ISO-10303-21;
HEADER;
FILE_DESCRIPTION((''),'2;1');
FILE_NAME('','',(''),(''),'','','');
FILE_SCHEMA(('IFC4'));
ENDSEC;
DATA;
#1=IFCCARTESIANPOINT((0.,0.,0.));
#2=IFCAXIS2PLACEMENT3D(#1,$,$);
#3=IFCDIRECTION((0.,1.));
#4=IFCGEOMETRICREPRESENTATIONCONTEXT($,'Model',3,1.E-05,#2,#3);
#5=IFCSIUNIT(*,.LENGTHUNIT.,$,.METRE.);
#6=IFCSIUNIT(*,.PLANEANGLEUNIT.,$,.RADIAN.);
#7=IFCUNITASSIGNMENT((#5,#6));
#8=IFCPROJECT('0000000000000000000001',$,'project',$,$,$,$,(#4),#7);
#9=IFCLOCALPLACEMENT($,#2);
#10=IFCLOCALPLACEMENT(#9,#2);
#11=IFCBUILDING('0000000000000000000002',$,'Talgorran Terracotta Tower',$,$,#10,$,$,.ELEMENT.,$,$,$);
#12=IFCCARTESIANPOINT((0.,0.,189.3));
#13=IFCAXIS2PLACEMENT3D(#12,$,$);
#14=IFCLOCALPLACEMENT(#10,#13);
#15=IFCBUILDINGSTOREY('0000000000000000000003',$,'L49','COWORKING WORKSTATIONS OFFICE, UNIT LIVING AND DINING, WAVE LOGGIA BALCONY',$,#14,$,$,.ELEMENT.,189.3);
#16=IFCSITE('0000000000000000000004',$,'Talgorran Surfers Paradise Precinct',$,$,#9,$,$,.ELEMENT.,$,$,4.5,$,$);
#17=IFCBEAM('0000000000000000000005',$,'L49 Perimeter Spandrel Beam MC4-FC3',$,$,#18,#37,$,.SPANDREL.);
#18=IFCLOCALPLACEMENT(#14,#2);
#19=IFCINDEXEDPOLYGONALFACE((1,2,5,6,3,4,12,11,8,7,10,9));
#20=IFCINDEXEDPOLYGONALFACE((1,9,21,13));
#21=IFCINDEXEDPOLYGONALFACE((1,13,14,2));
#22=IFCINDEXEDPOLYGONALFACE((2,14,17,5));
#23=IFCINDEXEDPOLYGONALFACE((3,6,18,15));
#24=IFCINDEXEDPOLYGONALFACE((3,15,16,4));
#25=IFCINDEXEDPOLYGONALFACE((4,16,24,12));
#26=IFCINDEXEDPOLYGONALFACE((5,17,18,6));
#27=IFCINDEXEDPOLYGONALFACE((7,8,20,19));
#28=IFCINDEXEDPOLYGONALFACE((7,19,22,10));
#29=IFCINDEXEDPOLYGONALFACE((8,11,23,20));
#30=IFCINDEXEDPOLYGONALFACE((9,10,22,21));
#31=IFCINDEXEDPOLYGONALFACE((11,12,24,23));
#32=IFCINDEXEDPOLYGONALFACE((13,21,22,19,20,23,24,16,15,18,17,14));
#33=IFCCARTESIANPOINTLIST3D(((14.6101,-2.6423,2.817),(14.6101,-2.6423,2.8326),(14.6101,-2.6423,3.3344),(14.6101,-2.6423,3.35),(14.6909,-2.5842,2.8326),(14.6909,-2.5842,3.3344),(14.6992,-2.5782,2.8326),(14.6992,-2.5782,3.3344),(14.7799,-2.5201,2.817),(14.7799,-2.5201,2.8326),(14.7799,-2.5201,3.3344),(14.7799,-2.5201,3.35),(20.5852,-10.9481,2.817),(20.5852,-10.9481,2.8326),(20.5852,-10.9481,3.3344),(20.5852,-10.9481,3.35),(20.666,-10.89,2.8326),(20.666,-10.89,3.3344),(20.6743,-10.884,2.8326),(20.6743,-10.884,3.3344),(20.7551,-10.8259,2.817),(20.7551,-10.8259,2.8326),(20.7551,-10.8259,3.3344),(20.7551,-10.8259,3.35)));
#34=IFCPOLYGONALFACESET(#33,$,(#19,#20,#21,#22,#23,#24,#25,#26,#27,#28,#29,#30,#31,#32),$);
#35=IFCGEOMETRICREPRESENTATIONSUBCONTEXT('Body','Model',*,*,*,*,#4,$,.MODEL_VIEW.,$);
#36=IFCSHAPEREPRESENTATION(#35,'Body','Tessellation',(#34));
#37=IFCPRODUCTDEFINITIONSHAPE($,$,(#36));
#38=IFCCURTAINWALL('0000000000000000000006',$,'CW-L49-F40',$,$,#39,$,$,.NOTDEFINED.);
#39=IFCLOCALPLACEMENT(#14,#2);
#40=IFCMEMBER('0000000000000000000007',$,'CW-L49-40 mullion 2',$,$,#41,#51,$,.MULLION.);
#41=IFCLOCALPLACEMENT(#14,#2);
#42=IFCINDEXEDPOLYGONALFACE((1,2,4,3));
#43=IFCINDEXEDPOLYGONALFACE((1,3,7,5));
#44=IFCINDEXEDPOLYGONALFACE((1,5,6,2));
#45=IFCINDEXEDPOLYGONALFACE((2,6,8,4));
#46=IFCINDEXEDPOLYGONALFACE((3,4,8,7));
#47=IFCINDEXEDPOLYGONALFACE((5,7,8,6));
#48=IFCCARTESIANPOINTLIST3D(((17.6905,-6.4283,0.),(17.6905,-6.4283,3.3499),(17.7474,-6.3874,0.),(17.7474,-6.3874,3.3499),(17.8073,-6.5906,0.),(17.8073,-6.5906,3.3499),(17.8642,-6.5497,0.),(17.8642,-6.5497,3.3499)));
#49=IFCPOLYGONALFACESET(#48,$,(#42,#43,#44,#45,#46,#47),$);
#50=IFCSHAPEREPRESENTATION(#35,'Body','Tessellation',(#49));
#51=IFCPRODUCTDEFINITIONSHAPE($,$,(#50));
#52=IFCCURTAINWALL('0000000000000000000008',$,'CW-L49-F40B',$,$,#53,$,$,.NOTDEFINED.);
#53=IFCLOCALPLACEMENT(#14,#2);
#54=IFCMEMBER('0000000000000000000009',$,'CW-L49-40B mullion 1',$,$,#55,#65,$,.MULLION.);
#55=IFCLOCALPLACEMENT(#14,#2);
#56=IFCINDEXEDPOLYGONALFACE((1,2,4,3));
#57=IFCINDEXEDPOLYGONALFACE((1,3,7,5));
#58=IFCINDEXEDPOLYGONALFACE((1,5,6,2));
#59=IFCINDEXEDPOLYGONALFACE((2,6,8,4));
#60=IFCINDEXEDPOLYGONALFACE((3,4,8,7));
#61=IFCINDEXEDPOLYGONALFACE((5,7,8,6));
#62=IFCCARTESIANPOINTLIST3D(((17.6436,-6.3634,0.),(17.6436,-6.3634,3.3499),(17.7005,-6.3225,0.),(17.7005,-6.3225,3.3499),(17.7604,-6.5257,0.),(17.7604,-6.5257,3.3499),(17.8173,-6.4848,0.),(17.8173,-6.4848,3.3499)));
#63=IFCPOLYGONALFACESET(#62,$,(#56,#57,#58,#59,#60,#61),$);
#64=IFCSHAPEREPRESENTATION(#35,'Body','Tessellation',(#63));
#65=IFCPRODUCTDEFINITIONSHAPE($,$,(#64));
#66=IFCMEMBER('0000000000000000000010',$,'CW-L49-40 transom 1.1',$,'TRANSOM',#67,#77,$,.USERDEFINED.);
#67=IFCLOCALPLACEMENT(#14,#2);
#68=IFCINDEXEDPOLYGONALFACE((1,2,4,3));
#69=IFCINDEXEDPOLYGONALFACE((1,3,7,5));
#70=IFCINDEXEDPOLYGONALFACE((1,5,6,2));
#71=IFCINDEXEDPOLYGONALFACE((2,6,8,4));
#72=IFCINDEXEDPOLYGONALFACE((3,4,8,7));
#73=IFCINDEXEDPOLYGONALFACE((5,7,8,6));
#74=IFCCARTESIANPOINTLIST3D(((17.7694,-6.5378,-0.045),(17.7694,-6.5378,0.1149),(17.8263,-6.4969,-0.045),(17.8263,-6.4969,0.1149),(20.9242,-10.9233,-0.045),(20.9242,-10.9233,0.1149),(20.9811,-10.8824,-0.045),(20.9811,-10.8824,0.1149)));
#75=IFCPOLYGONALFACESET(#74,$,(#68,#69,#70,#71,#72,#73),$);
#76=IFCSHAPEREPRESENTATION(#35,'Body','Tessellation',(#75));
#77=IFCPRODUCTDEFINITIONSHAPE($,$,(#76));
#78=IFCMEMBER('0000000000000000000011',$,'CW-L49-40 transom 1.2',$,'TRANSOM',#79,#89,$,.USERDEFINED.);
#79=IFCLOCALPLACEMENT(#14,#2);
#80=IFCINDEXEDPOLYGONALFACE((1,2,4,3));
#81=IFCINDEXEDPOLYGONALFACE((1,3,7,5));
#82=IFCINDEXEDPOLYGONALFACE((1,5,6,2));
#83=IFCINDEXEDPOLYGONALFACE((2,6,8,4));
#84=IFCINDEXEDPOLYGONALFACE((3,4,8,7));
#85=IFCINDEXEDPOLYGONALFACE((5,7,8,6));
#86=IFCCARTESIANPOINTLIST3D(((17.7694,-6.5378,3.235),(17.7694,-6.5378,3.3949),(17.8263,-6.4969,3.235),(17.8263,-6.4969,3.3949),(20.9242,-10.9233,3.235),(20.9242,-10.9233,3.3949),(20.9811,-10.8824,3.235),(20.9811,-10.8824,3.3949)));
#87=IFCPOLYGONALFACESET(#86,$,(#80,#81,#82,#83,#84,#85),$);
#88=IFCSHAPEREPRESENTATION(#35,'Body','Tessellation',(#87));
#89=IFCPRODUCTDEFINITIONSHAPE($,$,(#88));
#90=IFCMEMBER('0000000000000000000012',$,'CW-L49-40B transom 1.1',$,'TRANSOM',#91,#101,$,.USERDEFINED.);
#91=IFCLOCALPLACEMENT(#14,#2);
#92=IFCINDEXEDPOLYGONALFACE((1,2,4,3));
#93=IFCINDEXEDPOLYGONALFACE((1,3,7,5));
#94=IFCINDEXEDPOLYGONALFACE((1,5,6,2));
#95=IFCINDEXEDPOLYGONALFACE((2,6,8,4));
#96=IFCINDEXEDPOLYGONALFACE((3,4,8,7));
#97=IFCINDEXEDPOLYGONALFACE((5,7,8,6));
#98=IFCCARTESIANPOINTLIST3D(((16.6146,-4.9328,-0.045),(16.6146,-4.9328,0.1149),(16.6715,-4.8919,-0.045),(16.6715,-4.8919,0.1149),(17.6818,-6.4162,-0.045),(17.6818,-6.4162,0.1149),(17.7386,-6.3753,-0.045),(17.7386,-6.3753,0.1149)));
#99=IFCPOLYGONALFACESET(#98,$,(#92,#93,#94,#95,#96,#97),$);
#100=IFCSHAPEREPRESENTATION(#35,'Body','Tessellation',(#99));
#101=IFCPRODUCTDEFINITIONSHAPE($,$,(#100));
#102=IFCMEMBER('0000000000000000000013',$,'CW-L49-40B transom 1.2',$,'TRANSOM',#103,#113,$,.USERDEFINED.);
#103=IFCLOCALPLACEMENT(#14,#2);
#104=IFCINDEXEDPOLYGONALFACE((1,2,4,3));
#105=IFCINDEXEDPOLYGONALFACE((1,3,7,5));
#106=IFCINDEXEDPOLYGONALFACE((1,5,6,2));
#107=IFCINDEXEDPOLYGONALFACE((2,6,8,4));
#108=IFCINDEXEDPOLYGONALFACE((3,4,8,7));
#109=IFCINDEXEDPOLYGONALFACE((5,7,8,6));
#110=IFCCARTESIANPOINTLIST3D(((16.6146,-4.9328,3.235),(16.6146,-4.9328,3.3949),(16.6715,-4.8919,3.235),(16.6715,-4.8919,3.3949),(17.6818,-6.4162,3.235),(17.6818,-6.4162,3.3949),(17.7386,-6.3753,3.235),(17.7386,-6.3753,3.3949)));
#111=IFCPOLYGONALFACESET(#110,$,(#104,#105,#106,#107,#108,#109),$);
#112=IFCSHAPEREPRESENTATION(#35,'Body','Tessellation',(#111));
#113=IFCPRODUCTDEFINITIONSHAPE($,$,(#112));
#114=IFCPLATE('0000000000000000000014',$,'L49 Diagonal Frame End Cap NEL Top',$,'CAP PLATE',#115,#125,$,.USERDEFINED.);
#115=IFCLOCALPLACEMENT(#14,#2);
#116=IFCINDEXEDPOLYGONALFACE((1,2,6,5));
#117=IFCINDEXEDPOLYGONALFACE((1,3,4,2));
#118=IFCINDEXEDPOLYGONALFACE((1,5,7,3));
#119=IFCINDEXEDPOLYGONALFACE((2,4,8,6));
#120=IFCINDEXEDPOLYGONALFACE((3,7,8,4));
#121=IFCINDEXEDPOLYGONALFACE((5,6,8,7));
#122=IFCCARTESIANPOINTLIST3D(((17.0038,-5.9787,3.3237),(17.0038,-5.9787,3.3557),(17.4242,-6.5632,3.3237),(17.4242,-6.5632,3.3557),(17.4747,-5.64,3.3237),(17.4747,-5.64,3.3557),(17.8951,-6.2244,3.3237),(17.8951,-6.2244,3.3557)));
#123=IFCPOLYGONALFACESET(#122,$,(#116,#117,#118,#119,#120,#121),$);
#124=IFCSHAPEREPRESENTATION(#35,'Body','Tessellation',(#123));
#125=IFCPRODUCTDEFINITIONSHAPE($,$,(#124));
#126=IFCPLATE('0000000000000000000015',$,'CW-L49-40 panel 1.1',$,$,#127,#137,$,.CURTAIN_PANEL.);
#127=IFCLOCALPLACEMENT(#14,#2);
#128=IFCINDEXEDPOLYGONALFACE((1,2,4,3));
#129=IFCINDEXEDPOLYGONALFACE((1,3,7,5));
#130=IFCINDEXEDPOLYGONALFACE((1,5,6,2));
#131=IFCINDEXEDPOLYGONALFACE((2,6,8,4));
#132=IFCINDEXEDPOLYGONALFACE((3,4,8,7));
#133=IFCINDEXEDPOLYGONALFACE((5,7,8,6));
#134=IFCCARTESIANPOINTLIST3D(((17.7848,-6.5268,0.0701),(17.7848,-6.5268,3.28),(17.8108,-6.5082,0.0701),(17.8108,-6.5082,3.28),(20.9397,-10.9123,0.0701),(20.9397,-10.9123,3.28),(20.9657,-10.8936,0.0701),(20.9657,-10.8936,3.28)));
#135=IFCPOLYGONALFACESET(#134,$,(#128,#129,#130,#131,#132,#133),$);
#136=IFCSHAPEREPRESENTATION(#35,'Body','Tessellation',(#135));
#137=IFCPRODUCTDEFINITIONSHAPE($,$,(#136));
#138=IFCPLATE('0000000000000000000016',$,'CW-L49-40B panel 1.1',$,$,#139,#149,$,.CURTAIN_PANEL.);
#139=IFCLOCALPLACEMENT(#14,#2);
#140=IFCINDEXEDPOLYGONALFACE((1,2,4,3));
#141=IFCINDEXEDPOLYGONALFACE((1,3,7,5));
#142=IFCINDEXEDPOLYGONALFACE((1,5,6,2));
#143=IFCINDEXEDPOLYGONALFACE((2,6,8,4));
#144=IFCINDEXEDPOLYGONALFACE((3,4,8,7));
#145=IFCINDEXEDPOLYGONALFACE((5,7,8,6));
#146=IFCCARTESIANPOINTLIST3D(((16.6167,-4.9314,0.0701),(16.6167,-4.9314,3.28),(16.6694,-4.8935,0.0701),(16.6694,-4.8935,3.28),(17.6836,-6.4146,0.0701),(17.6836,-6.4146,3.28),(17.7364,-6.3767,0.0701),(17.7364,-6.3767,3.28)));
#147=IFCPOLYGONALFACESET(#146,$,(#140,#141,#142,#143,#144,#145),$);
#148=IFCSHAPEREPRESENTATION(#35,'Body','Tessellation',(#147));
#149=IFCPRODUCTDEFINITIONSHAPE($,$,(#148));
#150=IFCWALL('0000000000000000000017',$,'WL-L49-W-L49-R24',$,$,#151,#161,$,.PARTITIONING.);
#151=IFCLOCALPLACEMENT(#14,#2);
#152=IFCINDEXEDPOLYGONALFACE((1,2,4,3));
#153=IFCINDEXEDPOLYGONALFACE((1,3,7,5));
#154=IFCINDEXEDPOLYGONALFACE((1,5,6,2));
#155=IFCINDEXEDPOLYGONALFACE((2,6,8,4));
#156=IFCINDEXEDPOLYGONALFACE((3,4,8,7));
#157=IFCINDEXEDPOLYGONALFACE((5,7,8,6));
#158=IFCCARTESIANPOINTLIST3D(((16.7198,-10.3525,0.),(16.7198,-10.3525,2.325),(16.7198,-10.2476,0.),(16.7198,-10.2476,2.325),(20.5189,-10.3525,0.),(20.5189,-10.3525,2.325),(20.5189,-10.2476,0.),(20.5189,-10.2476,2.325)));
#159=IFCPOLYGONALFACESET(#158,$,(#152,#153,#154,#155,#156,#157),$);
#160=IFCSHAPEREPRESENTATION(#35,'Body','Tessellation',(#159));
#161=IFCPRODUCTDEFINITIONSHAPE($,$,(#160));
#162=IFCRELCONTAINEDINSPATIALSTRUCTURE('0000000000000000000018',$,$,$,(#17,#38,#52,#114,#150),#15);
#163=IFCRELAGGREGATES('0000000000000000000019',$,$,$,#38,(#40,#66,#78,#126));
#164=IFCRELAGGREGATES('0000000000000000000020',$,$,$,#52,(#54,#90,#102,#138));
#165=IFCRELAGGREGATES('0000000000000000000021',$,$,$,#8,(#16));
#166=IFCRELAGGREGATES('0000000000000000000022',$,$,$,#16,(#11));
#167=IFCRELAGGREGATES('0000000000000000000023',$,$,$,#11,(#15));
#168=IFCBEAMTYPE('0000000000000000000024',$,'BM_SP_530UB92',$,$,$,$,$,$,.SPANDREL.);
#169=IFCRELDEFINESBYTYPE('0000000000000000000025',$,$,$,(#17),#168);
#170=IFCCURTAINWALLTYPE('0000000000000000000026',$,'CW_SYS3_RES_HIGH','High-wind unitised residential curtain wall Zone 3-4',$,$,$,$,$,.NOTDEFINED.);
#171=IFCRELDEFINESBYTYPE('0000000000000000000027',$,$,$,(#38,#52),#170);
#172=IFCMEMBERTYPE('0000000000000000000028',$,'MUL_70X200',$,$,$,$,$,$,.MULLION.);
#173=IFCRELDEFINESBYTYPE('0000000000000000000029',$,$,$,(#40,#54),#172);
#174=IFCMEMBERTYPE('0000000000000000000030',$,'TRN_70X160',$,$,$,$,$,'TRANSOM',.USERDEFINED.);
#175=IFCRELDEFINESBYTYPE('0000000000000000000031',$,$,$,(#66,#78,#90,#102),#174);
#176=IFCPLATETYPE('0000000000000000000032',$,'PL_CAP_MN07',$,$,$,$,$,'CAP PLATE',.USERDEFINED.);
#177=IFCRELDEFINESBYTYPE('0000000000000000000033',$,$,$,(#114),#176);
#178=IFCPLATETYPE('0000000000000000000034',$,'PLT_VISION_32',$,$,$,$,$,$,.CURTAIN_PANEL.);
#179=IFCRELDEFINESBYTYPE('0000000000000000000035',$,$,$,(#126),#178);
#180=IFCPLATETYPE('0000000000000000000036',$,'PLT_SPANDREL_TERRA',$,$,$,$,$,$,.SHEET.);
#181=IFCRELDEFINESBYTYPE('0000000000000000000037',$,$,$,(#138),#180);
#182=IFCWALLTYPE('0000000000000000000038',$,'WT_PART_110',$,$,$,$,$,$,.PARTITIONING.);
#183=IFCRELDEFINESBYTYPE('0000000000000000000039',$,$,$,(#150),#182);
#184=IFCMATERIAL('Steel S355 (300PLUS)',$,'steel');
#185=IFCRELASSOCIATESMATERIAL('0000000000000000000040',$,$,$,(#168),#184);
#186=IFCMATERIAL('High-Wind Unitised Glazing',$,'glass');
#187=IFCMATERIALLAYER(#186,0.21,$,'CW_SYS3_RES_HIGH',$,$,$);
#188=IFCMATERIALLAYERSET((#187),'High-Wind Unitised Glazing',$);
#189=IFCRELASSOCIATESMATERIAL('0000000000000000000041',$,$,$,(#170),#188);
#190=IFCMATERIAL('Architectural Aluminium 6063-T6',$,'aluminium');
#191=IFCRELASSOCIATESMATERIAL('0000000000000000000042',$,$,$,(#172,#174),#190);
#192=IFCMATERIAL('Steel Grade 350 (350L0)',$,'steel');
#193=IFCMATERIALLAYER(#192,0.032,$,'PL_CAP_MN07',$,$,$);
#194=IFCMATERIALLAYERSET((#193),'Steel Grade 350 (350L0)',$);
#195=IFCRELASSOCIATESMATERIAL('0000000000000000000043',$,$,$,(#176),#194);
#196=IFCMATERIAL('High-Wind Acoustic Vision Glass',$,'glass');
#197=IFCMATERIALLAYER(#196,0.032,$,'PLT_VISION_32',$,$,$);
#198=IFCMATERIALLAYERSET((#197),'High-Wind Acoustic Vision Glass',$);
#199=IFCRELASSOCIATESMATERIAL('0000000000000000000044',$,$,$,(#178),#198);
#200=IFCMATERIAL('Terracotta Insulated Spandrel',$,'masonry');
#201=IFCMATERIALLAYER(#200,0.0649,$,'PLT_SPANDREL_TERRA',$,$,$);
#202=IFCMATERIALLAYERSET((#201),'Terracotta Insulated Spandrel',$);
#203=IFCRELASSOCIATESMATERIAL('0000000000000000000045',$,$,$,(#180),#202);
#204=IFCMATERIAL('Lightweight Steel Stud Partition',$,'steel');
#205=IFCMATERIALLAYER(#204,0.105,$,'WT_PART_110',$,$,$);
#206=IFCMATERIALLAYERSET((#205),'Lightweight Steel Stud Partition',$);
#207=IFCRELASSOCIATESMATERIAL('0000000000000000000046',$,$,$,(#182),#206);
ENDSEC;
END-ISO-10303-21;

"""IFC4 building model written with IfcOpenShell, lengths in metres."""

from ifc_helpers import new_model, si_unit, direction, frame, frame_2d, origin, origin_2d, place, context, subcontext, project, spatial, rectangle, i_section, extrude, source, transform, mapped, material, layer, layer_set, material_profile, profile_set, type_object, type_shapes, element, aggregate, save


model = new_model("IFC4")

# Units and contexts
model_context = context("Model", 3, precision=1e-05, world=origin(), true_north=direction((0.0, 1.0)))
body_context = subcontext(model_context, "Body", "Model", "MODEL_VIEW")
ifc_project = project(units=[si_unit("LENGTHUNIT", "METRE"), si_unit("PLANEANGLEUNIT", "RADIAN")], contexts=[model_context])

# Site, building, storey
site_placement = place(None, origin())
site = spatial("IfcSite", under=ifc_project, at=site_placement, Name="Talgorran Surfers Paradise Precinct", CompositionType="ELEMENT", RefElevation=4.5)
building_placement = place(site_placement, origin())
building = spatial("IfcBuilding", under=site, at=building_placement, Name="Talgorran Terracotta Tower", CompositionType="ELEMENT")
storey_placement = place(building_placement, frame((0.0, 0.0, 189.3)))
storey = spatial("IfcBuildingStorey", under=building, at=storey_placement, Name="L49", Description="COWORKING WORKSTATIONS OFFICE, UNIT LIVING AND DINING, WAVE LOGGIA BALCONY", CompositionType="ELEMENT", Elevation=189.3)

# Beam
ifc_material_1 = material(Name="Steel S355 (300PLUS)", Category="steel")
ifc_material_profile_1 = material_profile(ifc_material_1, i_section(OverallWidth=0.2092, OverallDepth=0.533, WebThickness=0.0103, FlangeThickness=0.0156, at=origin_2d()), Name="530UB92.4")
ifc_profile_set_1 = profile_set([ifc_material_profile_1], Name="Steel S355 (300PLUS)")
beam_type = type_object("IfcBeamType", Name="BM_SP_530UB92", PredefinedType="SPANDREL", material=ifc_profile_set_1)
beam_placement = place(storey_placement, frame((20.6702, -10.887, 3.0835), z_axis=(-0.583984, 0.811765, 0.0), x_axis=(-0.811765, -0.583984, 0.0)))
element("IfcBeam", 1, at=beam_placement, inside=storey, type_object=beam_type, Name="L49 Perimeter Spandrel Beam MC4-FC3", PredefinedType="SPANDREL", context=body_context, shape_type="SweptSolid", body=[
    extrude(i_section(OverallWidth=0.2092, OverallDepth=0.533, WebThickness=0.0103, FlangeThickness=0.0156, at=origin_2d()), origin(), (0.0, 0.0, 1.0), 10.2317),
])

# Curtain walls, members
ifc_material_2 = material(Name="High-Wind Unitised Glazing", Category="glass")
ifc_layer_1 = layer(ifc_material_2, 0.21, Name="CW_SYS3_RES_HIGH")
ifc_layer_set_1 = layer_set([ifc_layer_1], Name="High-Wind Unitised Glazing")
curtain_wall_type = type_object("IfcCurtainWallType", Name="CW_SYS3_RES_HIGH", Description="High-wind unitised residential curtain wall Zone 3-4", PredefinedType="NOTDEFINED", material=ifc_layer_set_1)
curtain_wall_1_placement = place(storey_placement, origin())
curtain_wall_1 = element("IfcCurtainWall", 2, at=curtain_wall_1_placement, inside=storey, type_object=curtain_wall_type, Name="CW-L49-F40", PredefinedType="NOTDEFINED")
ifc_material_3 = material(Name="Architectural Aluminium 6063-T6", Category="aluminium")
ifc_material_profile_2 = material_profile(ifc_material_3, rectangle(XDim=0.0701, YDim=0.2, at=origin_2d()), Name="CWM70X200")
ifc_profile_set_2 = profile_set([ifc_material_profile_2], Name="Architectural Aluminium 6063-T6")
member_type_1 = type_object("IfcMemberType", Name="MUL_70X200", PredefinedType="MULLION", material=ifc_profile_set_2)
member_1_placement = place(storey_placement, frame((17.7773, -6.489, 0.0), z_axis=(0.0, 0.0, 1.0), x_axis=(-0.811764, -0.583986, 0.0)))
member_1 = element("IfcMember", 3, at=member_1_placement, type_object=member_type_1, Name="CW-L49-40 mullion 2", PredefinedType="MULLION", context=body_context, shape_type="SweptSolid", body=[
    extrude(rectangle(XDim=0.0701, YDim=0.2, at=origin_2d()), origin(), (0.0, 0.0, 1.0), 3.3499),
])
curtain_wall_2_placement = place(storey_placement, origin())
curtain_wall_2 = element("IfcCurtainWall", 4, at=curtain_wall_2_placement, inside=storey, type_object=curtain_wall_type, Name="CW-L49-F40B", PredefinedType="NOTDEFINED")
member_2_placement = place(storey_placement, frame((17.7305, -6.4241, 0.0), z_axis=(0.0, 0.0, 1.0), x_axis=(-0.811785, -0.583957, 0.0)))
member_2 = element("IfcMember", 5, at=member_2_placement, type_object=member_type_1, Name="CW-L49-40B mullion 1", PredefinedType="MULLION", context=body_context, shape_type="SweptSolid", body=[
    extrude(rectangle(XDim=0.0701, YDim=0.2, at=origin_2d()), origin(), (0.0, 0.0, 1.0), 3.3499),
])

# Members
ifc_material_profile_3 = material_profile(ifc_material_3, rectangle(XDim=0.0701, YDim=0.1599, at=origin_2d()), Name="CWT70X160")
ifc_profile_set_3 = profile_set([ifc_material_profile_3], Name="Architectural Aluminium 6063-T6")
member_type_2 = type_object("IfcMemberType", Name="TRN_70X160", ElementType="TRANSOM", PredefinedType="USERDEFINED", material=ifc_profile_set_3)
member_3_placement = place(storey_placement, frame((20.9526, -10.9028, 0.0349), z_axis=(-0.583967, 0.811778, 0.0), x_axis=(-0.811778, -0.583967, 0.0)))
member_3 = element("IfcMember", 6, at=member_3_placement, type_object=member_type_2, Name="CW-L49-40 transom 1.1", ObjectType="TRANSOM", PredefinedType="USERDEFINED", context=body_context, shape_type="SweptSolid", body=[
    extrude(rectangle(XDim=0.0701, YDim=0.1599, at=origin_2d()), origin(), (0.0, 0.0, 1.0), 5.4023),
])
member_4_placement = place(storey_placement, frame((20.9526, -10.9028, 3.3149), z_axis=(-0.583967, 0.811778, 0.0), x_axis=(-0.811778, -0.583967, 0.0)))
member_4 = element("IfcMember", 7, at=member_4_placement, type_object=member_type_2, Name="CW-L49-40 transom 1.2", ObjectType="TRANSOM", PredefinedType="USERDEFINED", context=body_context, shape_type="SweptSolid", body=[
    extrude(rectangle(XDim=0.0701, YDim=0.1599, at=origin_2d()), origin(), (0.0, 0.0, 1.0), 5.4023),
])
member_5_placement = place(storey_placement, frame((17.7102, -6.3958, 0.0349), z_axis=(-0.583977, 0.81177, 0.0), x_axis=(-0.81177, -0.583977, 0.0)))
member_5 = element("IfcMember", 8, at=member_5_placement, type_object=member_type_2, Name="CW-L49-40B transom 1.1", ObjectType="TRANSOM", PredefinedType="USERDEFINED", context=body_context, shape_type="SweptSolid", body=[
    extrude(rectangle(XDim=0.0701, YDim=0.1599, at=origin_2d()), origin(), (0.0, 0.0, 1.0), 1.8274),
])
member_6_placement = place(storey_placement, frame((17.7102, -6.3958, 3.3149), z_axis=(-0.583977, 0.81177, 0.0), x_axis=(-0.81177, -0.583977, 0.0)))
member_6 = element("IfcMember", 9, at=member_6_placement, type_object=member_type_2, Name="CW-L49-40B transom 1.2", ObjectType="TRANSOM", PredefinedType="USERDEFINED", context=body_context, shape_type="SweptSolid", body=[
    extrude(rectangle(XDim=0.0701, YDim=0.1599, at=origin_2d()), origin(), (0.0, 0.0, 1.0), 1.8274),
])

# Plates
ifc_material_4 = material(Name="Steel Grade 350 (350L0)", Category="steel")
ifc_layer_2 = layer(ifc_material_4, 0.032, Name="PL_CAP_MN07")
ifc_layer_set_2 = layer_set([ifc_layer_2], Name="Steel Grade 350 (350L0)")
plate_type_1 = type_object("IfcPlateType", Name="PL_CAP_MN07", ElementType="CAP PLATE", PredefinedType="USERDEFINED", material=ifc_layer_set_2)
plate_1_placement = place(storey_placement, frame((17.4495, -6.1016, 3.3237), z_axis=(0.0, 0.0, 1.0), x_axis=(0.583966, -0.811778, 0.0)))
element("IfcPlate", 10, at=plate_1_placement, inside=storey, type_object=plate_type_1, Name="L49 Diagonal Frame End Cap NEL Top", ObjectType="CAP PLATE", PredefinedType="USERDEFINED", context=body_context, shape_type="SweptSolid", body=[
    extrude(rectangle(XDim=0.72, YDim=0.5801, at=origin_2d()), origin(), (0.0, 0.0, 1.0), 0.032),
])
ifc_material_5 = material(Name="High-Wind Acoustic Vision Glass", Category="glass")
ifc_layer_3 = layer(ifc_material_5, 0.032, Name="PLT_VISION_32")
ifc_layer_set_3 = layer_set([ifc_layer_3], Name="High-Wind Acoustic Vision Glass")
plate_type_2 = type_object("IfcPlateType", Name="PLT_VISION_32", PredefinedType="CURTAIN_PANEL", material=ifc_layer_set_3)
shared_shape_1 = source(origin(), body_context, "Body", "SweptSolid", [
    extrude(rectangle(XDim=5.4023, YDim=0.032, at=origin_2d()), origin(), (0.0, 0.0, 1.0), 3.21),
])
type_shapes(plate_type_2, [shared_shape_1])
plate_2_placement = place(storey_placement, frame((19.3752, -8.7102, 0.0701), z_axis=(0.0, 0.0, 1.0), x_axis=(-0.583986, 0.811764, 0.0)))
plate_2 = element("IfcPlate", 11, at=plate_2_placement, type_object=plate_type_2, Name="CW-L49-40 panel 1.1", PredefinedType="CURTAIN_PANEL", context=body_context, shape_type="MappedRepresentation", body=[
    mapped(shared_shape_1, transform((0.0, 0.0, 0.0), scale=1.0)),
])
aggregate(curtain_wall_1, [member_1, member_3, member_4, plate_2])
ifc_material_6 = material(Name="Terracotta Insulated Spandrel", Category="masonry")
ifc_layer_4 = layer(ifc_material_6, 0.0649, Name="PLT_SPANDREL_TERRA")
ifc_layer_set_4 = layer_set([ifc_layer_4], Name="Terracotta Insulated Spandrel")
plate_type_3 = type_object("IfcPlateType", Name="PLT_SPANDREL_TERRA", PredefinedType="SHEET", material=ifc_layer_set_4)
shared_shape_2 = source(origin(), body_context, "Body", "SweptSolid", [
    extrude(rectangle(XDim=1.8271, YDim=0.0649, at=origin_2d()), origin(), (0.0, 0.0, 1.0), 3.21),
])
type_shapes(plate_type_3, [shared_shape_2])
plate_3_placement = place(storey_placement, frame((17.1765, -5.6541, 0.0701), z_axis=(0.0, 0.0, 1.0), x_axis=(-0.583957, 0.811785, 0.0)))
plate_3 = element("IfcPlate", 12, at=plate_3_placement, type_object=plate_type_3, Name="CW-L49-40B panel 1.1", PredefinedType="CURTAIN_PANEL", context=body_context, shape_type="MappedRepresentation", body=[
    mapped(shared_shape_2, transform((0.0, 0.0, 0.0), scale=1.0)),
])
aggregate(curtain_wall_2, [member_2, member_5, member_6, plate_3])

# Wall
ifc_material_7 = material(Name="Lightweight Steel Stud Partition", Category="steel")
ifc_layer_5 = layer(ifc_material_7, 0.105, Name="WT_PART_110")
ifc_layer_set_5 = layer_set([ifc_layer_5], Name="Lightweight Steel Stud Partition")
wall_type_1 = type_object("IfcWallType", Name="WT_PART_110", PredefinedType="PARTITIONING", material=ifc_layer_set_5)
wall_1_placement = place(storey_placement, frame((16.72, -10.3, 0.0), z_axis=(0.0, 0.0, 1.0), x_axis=(1.0, 0.0, 0.0)))
element("IfcWall", 13, at=wall_1_placement, inside=storey, type_object=wall_type_1, Name="WL-L49-W-L49-R24", PredefinedType="PARTITIONING", context=body_context, shape_type="SweptSolid", body=[
    extrude(rectangle(XDim=3.7991, YDim=0.105, at=frame_2d((1.8994, 0.0))), origin(), (0.0, 0.0, 1.0), 2.325),
])

save(model, "model.ifc")
